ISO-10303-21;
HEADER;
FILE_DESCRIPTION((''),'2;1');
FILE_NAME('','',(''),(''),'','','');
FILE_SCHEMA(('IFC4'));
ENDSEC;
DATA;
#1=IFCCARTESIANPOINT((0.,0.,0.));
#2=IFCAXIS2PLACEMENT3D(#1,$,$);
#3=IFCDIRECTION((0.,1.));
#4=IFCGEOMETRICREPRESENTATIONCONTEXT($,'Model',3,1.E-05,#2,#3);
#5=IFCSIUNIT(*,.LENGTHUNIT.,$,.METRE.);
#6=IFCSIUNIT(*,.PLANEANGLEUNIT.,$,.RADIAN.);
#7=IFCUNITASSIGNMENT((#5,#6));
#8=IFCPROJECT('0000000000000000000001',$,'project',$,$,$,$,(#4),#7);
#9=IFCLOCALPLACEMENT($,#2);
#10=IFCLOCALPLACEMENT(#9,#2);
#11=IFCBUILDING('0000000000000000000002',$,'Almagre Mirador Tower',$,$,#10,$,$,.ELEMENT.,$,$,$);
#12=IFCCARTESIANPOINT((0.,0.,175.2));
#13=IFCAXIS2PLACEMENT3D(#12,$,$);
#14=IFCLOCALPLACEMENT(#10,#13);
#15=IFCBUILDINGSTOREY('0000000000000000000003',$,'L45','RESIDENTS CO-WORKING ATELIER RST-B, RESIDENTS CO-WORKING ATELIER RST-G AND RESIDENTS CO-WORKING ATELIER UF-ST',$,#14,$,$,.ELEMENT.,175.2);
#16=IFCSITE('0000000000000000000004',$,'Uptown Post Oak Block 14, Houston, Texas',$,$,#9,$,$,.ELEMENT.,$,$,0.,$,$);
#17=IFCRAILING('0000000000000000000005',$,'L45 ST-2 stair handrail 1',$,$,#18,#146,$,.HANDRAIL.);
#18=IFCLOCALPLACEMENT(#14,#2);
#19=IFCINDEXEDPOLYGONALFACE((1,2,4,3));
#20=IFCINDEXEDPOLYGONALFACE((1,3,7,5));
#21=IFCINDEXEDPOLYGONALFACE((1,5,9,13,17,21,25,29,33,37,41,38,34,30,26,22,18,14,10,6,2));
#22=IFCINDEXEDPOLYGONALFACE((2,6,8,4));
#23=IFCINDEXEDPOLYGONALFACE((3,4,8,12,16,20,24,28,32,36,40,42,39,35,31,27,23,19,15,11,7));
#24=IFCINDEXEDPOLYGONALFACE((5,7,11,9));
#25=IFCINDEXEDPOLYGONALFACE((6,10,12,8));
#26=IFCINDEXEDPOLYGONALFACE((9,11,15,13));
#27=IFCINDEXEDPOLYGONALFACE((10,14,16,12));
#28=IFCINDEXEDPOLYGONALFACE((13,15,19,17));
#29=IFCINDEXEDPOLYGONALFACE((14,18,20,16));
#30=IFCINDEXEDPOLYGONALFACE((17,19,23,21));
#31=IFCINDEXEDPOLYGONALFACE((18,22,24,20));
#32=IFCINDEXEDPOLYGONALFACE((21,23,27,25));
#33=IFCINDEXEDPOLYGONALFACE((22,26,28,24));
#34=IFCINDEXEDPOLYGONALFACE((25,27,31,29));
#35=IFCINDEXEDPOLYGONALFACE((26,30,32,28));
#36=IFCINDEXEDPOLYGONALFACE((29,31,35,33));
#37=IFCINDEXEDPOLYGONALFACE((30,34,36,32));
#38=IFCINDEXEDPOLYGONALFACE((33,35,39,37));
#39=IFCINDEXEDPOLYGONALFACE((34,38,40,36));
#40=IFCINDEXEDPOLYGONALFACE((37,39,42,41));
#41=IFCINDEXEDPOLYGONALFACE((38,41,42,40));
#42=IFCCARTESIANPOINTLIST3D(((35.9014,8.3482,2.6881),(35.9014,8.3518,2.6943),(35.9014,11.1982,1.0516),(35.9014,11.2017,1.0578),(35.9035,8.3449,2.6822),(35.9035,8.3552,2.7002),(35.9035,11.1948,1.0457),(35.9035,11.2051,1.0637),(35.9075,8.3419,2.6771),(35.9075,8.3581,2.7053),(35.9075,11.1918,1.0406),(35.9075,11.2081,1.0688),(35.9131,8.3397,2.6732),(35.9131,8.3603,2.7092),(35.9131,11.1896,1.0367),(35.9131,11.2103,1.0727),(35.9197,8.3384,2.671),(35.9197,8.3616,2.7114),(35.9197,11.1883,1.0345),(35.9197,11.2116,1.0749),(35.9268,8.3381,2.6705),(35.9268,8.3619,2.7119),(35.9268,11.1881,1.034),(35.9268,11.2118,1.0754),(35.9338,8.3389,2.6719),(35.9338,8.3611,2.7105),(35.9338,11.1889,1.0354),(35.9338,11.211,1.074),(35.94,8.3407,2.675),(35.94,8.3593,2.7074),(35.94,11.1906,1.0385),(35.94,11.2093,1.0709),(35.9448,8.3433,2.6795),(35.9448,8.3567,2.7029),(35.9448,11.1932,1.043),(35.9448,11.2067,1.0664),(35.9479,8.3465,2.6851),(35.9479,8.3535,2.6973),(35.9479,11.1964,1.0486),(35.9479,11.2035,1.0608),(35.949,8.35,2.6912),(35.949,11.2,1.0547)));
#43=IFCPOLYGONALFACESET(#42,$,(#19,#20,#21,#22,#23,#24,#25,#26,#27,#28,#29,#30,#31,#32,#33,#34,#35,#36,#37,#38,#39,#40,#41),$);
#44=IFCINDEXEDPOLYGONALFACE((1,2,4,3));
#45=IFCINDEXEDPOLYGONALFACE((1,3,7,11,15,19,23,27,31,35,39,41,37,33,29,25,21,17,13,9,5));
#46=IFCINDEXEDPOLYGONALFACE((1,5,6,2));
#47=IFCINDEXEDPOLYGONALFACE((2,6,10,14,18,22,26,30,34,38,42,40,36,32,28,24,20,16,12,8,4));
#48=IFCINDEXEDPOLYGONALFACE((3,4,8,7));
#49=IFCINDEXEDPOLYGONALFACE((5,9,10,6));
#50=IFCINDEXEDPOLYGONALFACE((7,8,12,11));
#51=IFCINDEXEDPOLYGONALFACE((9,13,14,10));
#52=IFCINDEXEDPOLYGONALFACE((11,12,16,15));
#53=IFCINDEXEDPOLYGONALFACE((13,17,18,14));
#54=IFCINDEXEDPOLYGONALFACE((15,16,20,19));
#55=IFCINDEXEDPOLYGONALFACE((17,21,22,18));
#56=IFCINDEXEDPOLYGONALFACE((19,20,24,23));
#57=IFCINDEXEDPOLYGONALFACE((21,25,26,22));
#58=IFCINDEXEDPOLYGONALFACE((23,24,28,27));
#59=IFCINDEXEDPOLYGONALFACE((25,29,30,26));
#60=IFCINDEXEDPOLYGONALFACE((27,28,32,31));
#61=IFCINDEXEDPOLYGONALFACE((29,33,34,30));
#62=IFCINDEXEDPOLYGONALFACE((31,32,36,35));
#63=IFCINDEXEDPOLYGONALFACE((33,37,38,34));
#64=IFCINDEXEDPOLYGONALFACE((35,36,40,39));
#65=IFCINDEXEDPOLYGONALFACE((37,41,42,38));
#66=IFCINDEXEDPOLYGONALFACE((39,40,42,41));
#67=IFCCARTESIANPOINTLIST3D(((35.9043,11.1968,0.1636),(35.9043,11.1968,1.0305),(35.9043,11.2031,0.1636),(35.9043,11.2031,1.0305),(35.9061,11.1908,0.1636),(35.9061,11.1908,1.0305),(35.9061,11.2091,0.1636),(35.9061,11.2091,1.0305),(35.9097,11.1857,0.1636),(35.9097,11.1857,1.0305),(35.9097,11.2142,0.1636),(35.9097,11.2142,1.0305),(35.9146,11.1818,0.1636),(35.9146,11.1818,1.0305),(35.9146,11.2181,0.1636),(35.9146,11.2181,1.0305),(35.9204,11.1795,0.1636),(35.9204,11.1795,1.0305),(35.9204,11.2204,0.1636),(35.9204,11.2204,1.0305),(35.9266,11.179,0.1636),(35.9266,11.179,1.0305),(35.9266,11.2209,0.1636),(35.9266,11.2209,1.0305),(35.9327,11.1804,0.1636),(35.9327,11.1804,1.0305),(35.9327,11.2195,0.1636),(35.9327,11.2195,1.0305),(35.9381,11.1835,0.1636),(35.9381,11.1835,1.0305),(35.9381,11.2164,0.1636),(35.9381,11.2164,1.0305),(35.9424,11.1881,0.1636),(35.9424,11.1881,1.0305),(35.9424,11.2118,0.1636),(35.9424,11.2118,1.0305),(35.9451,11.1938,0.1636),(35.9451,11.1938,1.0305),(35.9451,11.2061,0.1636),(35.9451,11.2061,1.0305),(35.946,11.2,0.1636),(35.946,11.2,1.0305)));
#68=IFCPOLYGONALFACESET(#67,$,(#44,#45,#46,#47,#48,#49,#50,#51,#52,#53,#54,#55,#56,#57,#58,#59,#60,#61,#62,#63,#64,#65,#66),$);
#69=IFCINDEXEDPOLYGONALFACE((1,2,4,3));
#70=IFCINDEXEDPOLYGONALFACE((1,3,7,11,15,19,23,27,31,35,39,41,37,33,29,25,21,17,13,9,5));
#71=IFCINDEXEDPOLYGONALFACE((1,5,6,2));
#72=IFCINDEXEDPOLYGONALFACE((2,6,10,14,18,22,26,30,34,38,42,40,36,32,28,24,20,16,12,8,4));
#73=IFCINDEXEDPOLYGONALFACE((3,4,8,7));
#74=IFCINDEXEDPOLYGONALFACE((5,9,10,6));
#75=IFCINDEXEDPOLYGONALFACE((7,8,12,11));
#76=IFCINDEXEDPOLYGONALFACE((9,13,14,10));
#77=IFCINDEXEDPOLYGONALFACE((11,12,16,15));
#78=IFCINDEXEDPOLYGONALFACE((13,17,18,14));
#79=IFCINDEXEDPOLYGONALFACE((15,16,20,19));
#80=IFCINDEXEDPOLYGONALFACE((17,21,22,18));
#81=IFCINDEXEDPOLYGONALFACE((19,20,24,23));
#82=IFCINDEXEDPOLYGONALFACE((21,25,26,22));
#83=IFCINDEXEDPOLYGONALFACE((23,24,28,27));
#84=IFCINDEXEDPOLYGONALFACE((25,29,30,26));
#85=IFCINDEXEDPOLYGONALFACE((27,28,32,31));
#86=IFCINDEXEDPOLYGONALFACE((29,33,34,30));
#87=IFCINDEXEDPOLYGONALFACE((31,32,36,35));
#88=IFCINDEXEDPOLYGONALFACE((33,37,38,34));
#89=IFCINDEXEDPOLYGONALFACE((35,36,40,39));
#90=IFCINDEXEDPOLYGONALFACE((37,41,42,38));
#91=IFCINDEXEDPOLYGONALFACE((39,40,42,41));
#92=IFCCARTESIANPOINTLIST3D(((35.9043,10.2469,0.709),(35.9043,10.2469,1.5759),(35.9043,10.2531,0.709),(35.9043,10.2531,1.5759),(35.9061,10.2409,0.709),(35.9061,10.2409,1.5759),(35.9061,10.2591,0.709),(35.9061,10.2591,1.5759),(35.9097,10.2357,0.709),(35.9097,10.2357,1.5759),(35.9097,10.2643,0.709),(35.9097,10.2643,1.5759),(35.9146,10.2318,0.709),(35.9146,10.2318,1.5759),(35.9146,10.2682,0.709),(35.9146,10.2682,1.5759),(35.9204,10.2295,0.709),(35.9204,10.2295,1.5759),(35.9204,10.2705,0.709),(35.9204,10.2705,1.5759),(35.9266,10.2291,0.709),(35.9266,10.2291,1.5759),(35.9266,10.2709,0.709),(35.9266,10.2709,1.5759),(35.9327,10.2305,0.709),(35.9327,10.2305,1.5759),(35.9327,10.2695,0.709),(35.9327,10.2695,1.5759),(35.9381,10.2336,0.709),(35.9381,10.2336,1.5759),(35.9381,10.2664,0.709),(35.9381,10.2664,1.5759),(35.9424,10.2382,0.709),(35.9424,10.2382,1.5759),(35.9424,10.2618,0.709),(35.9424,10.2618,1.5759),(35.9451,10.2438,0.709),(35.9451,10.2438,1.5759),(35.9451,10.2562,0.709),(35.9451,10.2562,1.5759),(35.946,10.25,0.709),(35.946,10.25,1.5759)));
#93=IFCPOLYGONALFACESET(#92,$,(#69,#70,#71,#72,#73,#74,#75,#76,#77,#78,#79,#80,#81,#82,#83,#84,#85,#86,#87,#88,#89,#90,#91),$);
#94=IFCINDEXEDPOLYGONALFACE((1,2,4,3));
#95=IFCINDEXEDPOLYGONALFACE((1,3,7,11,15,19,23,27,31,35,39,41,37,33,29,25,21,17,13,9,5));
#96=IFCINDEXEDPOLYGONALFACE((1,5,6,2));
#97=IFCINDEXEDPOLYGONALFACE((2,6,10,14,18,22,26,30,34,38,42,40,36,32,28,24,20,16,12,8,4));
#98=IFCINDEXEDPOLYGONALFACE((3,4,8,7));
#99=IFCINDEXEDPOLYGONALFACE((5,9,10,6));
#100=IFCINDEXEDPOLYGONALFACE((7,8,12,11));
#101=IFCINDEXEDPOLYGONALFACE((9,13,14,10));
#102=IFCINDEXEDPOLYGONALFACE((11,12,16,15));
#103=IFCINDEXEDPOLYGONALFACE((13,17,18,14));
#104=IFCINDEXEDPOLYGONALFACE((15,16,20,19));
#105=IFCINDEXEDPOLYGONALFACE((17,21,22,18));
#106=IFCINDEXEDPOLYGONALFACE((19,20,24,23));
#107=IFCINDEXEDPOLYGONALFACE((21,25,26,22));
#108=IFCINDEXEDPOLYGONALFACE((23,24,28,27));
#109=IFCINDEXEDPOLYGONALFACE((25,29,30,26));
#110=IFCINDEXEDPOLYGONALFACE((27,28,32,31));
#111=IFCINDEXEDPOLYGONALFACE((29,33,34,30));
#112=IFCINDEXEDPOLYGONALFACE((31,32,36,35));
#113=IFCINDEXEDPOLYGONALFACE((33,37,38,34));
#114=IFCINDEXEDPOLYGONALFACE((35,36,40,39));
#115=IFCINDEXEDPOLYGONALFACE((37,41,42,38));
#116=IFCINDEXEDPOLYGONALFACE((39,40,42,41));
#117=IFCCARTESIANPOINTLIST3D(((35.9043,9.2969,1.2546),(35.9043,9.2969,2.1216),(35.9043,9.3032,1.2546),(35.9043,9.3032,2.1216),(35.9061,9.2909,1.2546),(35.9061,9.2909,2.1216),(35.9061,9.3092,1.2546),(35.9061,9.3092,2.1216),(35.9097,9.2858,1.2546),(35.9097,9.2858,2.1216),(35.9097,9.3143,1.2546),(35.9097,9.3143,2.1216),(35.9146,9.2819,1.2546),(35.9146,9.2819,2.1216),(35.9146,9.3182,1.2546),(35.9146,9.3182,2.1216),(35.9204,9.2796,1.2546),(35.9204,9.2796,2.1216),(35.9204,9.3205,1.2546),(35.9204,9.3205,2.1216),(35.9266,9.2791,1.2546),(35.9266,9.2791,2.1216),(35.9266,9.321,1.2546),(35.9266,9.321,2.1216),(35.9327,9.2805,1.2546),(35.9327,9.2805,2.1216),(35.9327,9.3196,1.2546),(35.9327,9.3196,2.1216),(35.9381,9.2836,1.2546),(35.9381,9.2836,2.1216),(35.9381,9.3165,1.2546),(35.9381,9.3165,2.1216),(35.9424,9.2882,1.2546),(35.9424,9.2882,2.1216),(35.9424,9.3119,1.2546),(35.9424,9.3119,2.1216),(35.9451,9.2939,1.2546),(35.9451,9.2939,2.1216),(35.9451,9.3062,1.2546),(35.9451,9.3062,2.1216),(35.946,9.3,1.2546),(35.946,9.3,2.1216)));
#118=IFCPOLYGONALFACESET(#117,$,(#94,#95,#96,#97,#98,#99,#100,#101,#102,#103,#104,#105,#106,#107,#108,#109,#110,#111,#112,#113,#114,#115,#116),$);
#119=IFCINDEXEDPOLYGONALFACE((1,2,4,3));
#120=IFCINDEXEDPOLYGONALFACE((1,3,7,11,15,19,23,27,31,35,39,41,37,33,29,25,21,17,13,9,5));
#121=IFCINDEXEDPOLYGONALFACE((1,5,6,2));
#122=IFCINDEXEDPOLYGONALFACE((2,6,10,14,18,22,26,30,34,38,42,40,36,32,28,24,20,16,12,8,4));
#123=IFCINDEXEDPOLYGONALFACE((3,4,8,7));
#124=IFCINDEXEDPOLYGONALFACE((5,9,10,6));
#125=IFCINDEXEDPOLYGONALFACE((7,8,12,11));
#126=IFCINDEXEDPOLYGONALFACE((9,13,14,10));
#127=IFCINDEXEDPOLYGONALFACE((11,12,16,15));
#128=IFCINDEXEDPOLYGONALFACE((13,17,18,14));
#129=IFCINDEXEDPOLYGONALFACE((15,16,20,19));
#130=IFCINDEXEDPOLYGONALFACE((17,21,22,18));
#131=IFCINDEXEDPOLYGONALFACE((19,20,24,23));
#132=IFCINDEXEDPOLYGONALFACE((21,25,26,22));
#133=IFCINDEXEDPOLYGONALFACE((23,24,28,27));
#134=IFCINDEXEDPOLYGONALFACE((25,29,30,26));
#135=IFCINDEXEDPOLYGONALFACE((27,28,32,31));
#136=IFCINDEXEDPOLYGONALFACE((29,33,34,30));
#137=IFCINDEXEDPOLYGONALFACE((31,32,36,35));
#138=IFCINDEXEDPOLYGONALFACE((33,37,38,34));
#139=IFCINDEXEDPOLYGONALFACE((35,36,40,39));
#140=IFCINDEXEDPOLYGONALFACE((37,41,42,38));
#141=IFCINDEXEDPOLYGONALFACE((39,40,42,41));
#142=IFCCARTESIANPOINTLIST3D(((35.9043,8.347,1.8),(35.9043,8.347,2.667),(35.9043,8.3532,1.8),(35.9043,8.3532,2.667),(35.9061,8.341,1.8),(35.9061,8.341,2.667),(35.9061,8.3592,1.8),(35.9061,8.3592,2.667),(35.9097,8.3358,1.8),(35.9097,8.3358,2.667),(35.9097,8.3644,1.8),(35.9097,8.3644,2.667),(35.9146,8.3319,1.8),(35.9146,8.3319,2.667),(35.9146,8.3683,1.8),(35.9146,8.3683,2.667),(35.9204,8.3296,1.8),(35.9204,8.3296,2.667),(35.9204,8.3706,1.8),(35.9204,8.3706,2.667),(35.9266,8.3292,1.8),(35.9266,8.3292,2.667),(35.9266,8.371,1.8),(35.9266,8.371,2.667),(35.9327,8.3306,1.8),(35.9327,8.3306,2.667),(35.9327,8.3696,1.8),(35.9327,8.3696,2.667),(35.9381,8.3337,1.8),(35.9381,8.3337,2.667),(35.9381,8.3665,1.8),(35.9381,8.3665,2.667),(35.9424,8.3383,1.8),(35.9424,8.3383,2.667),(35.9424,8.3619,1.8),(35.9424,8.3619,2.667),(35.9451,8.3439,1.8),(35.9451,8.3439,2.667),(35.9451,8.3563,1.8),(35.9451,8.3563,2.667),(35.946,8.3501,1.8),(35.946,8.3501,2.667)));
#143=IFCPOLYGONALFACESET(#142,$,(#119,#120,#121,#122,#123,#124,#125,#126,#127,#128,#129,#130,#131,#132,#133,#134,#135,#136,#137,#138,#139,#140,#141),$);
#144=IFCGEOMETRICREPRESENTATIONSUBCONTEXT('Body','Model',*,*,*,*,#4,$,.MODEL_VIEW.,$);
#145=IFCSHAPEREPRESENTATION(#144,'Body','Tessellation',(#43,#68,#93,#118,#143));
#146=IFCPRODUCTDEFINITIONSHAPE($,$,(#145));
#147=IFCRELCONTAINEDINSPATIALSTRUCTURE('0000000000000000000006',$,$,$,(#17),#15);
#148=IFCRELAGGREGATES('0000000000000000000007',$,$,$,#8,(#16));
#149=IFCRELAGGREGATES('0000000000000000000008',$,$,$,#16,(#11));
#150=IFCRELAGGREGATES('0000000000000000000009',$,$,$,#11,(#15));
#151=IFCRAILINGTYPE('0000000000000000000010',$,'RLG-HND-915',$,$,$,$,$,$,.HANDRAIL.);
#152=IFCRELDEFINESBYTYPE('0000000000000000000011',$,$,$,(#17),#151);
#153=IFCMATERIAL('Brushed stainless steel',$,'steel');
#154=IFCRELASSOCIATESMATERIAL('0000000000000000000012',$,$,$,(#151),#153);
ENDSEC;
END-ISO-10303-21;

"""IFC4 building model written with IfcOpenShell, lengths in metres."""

from ifc_helpers import new_model, si_unit, direction, frame, origin, origin_2d, place, context, subcontext, project, spatial, circle, extrude, material, type_object, element, save


model = new_model("IFC4")

# Units and contexts
model_context = context("Model", 3, precision=1e-05, world=origin(), true_north=direction((0.0, 1.0)))
body_context = subcontext(model_context, "Body", "Model", "MODEL_VIEW")
ifc_project = project(units=[si_unit("LENGTHUNIT", "METRE"), si_unit("PLANEANGLEUNIT", "RADIAN")], contexts=[model_context])

# Site, building, storey
site_placement = place(None, origin())
site = spatial("IfcSite", under=ifc_project, at=site_placement, Name="Uptown Post Oak Block 14, Houston, Texas", CompositionType="ELEMENT", RefElevation=0.0)
building_placement = place(site_placement, origin())
building = spatial("IfcBuilding", under=site, at=building_placement, Name="Almagre Mirador Tower", CompositionType="ELEMENT")
storey_placement = place(building_placement, frame((0.0, 0.0, 175.2)))
storey = spatial("IfcBuildingStorey", under=building, at=storey_placement, Name="L45", Description="RESIDENTS CO-WORKING ATELIER RST-B, RESIDENTS CO-WORKING ATELIER RST-G AND RESIDENTS CO-WORKING ATELIER UF-ST", CompositionType="ELEMENT", Elevation=175.2)

# Railing
ifc_material_1 = material(Name="Brushed stainless steel", Category="steel")
railing_type_1 = type_object("IfcRailingType", Name="RLG-HND-915", PredefinedType="HANDRAIL", material=ifc_material_1)
railing_1_placement = place(storey_placement, frame((35.925, 11.2, 0.1636)))
element("IfcRailing", 1, at=railing_1_placement, inside=storey, type_object=railing_type_1, Name="L45 ST-2 stair handrail 1", PredefinedType="HANDRAIL", context=body_context, shape_type="SweptSolid", body=[
    extrude(circle(Radius=0.0239, at=origin_2d()), frame((0.0, 0.0, 0.8911), z_axis=(0.0, -0.867194, 0.49797), x_axis=(1.0, 0.0, 0.0)), (0.0, 0.0, 1.0), 3.2864),
    extrude(circle(Radius=0.021, at=origin_2d()), origin(), (0.0, 0.0, 1.0), 0.8669),
    extrude(circle(Radius=0.021, at=origin_2d()), frame((0.0, -0.95, 0.5454)), (0.0, 0.0, 1.0), 0.8669),
    extrude(circle(Radius=0.021, at=origin_2d()), frame((0.0, -1.8999, 1.0911)), (0.0, 0.0, 1.0), 0.8669),
    extrude(circle(Radius=0.021, at=origin_2d()), frame((0.0, -2.8499, 1.6365)), (0.0, 0.0, 1.0), 0.8669),
])

save(model, "model.ifc")
